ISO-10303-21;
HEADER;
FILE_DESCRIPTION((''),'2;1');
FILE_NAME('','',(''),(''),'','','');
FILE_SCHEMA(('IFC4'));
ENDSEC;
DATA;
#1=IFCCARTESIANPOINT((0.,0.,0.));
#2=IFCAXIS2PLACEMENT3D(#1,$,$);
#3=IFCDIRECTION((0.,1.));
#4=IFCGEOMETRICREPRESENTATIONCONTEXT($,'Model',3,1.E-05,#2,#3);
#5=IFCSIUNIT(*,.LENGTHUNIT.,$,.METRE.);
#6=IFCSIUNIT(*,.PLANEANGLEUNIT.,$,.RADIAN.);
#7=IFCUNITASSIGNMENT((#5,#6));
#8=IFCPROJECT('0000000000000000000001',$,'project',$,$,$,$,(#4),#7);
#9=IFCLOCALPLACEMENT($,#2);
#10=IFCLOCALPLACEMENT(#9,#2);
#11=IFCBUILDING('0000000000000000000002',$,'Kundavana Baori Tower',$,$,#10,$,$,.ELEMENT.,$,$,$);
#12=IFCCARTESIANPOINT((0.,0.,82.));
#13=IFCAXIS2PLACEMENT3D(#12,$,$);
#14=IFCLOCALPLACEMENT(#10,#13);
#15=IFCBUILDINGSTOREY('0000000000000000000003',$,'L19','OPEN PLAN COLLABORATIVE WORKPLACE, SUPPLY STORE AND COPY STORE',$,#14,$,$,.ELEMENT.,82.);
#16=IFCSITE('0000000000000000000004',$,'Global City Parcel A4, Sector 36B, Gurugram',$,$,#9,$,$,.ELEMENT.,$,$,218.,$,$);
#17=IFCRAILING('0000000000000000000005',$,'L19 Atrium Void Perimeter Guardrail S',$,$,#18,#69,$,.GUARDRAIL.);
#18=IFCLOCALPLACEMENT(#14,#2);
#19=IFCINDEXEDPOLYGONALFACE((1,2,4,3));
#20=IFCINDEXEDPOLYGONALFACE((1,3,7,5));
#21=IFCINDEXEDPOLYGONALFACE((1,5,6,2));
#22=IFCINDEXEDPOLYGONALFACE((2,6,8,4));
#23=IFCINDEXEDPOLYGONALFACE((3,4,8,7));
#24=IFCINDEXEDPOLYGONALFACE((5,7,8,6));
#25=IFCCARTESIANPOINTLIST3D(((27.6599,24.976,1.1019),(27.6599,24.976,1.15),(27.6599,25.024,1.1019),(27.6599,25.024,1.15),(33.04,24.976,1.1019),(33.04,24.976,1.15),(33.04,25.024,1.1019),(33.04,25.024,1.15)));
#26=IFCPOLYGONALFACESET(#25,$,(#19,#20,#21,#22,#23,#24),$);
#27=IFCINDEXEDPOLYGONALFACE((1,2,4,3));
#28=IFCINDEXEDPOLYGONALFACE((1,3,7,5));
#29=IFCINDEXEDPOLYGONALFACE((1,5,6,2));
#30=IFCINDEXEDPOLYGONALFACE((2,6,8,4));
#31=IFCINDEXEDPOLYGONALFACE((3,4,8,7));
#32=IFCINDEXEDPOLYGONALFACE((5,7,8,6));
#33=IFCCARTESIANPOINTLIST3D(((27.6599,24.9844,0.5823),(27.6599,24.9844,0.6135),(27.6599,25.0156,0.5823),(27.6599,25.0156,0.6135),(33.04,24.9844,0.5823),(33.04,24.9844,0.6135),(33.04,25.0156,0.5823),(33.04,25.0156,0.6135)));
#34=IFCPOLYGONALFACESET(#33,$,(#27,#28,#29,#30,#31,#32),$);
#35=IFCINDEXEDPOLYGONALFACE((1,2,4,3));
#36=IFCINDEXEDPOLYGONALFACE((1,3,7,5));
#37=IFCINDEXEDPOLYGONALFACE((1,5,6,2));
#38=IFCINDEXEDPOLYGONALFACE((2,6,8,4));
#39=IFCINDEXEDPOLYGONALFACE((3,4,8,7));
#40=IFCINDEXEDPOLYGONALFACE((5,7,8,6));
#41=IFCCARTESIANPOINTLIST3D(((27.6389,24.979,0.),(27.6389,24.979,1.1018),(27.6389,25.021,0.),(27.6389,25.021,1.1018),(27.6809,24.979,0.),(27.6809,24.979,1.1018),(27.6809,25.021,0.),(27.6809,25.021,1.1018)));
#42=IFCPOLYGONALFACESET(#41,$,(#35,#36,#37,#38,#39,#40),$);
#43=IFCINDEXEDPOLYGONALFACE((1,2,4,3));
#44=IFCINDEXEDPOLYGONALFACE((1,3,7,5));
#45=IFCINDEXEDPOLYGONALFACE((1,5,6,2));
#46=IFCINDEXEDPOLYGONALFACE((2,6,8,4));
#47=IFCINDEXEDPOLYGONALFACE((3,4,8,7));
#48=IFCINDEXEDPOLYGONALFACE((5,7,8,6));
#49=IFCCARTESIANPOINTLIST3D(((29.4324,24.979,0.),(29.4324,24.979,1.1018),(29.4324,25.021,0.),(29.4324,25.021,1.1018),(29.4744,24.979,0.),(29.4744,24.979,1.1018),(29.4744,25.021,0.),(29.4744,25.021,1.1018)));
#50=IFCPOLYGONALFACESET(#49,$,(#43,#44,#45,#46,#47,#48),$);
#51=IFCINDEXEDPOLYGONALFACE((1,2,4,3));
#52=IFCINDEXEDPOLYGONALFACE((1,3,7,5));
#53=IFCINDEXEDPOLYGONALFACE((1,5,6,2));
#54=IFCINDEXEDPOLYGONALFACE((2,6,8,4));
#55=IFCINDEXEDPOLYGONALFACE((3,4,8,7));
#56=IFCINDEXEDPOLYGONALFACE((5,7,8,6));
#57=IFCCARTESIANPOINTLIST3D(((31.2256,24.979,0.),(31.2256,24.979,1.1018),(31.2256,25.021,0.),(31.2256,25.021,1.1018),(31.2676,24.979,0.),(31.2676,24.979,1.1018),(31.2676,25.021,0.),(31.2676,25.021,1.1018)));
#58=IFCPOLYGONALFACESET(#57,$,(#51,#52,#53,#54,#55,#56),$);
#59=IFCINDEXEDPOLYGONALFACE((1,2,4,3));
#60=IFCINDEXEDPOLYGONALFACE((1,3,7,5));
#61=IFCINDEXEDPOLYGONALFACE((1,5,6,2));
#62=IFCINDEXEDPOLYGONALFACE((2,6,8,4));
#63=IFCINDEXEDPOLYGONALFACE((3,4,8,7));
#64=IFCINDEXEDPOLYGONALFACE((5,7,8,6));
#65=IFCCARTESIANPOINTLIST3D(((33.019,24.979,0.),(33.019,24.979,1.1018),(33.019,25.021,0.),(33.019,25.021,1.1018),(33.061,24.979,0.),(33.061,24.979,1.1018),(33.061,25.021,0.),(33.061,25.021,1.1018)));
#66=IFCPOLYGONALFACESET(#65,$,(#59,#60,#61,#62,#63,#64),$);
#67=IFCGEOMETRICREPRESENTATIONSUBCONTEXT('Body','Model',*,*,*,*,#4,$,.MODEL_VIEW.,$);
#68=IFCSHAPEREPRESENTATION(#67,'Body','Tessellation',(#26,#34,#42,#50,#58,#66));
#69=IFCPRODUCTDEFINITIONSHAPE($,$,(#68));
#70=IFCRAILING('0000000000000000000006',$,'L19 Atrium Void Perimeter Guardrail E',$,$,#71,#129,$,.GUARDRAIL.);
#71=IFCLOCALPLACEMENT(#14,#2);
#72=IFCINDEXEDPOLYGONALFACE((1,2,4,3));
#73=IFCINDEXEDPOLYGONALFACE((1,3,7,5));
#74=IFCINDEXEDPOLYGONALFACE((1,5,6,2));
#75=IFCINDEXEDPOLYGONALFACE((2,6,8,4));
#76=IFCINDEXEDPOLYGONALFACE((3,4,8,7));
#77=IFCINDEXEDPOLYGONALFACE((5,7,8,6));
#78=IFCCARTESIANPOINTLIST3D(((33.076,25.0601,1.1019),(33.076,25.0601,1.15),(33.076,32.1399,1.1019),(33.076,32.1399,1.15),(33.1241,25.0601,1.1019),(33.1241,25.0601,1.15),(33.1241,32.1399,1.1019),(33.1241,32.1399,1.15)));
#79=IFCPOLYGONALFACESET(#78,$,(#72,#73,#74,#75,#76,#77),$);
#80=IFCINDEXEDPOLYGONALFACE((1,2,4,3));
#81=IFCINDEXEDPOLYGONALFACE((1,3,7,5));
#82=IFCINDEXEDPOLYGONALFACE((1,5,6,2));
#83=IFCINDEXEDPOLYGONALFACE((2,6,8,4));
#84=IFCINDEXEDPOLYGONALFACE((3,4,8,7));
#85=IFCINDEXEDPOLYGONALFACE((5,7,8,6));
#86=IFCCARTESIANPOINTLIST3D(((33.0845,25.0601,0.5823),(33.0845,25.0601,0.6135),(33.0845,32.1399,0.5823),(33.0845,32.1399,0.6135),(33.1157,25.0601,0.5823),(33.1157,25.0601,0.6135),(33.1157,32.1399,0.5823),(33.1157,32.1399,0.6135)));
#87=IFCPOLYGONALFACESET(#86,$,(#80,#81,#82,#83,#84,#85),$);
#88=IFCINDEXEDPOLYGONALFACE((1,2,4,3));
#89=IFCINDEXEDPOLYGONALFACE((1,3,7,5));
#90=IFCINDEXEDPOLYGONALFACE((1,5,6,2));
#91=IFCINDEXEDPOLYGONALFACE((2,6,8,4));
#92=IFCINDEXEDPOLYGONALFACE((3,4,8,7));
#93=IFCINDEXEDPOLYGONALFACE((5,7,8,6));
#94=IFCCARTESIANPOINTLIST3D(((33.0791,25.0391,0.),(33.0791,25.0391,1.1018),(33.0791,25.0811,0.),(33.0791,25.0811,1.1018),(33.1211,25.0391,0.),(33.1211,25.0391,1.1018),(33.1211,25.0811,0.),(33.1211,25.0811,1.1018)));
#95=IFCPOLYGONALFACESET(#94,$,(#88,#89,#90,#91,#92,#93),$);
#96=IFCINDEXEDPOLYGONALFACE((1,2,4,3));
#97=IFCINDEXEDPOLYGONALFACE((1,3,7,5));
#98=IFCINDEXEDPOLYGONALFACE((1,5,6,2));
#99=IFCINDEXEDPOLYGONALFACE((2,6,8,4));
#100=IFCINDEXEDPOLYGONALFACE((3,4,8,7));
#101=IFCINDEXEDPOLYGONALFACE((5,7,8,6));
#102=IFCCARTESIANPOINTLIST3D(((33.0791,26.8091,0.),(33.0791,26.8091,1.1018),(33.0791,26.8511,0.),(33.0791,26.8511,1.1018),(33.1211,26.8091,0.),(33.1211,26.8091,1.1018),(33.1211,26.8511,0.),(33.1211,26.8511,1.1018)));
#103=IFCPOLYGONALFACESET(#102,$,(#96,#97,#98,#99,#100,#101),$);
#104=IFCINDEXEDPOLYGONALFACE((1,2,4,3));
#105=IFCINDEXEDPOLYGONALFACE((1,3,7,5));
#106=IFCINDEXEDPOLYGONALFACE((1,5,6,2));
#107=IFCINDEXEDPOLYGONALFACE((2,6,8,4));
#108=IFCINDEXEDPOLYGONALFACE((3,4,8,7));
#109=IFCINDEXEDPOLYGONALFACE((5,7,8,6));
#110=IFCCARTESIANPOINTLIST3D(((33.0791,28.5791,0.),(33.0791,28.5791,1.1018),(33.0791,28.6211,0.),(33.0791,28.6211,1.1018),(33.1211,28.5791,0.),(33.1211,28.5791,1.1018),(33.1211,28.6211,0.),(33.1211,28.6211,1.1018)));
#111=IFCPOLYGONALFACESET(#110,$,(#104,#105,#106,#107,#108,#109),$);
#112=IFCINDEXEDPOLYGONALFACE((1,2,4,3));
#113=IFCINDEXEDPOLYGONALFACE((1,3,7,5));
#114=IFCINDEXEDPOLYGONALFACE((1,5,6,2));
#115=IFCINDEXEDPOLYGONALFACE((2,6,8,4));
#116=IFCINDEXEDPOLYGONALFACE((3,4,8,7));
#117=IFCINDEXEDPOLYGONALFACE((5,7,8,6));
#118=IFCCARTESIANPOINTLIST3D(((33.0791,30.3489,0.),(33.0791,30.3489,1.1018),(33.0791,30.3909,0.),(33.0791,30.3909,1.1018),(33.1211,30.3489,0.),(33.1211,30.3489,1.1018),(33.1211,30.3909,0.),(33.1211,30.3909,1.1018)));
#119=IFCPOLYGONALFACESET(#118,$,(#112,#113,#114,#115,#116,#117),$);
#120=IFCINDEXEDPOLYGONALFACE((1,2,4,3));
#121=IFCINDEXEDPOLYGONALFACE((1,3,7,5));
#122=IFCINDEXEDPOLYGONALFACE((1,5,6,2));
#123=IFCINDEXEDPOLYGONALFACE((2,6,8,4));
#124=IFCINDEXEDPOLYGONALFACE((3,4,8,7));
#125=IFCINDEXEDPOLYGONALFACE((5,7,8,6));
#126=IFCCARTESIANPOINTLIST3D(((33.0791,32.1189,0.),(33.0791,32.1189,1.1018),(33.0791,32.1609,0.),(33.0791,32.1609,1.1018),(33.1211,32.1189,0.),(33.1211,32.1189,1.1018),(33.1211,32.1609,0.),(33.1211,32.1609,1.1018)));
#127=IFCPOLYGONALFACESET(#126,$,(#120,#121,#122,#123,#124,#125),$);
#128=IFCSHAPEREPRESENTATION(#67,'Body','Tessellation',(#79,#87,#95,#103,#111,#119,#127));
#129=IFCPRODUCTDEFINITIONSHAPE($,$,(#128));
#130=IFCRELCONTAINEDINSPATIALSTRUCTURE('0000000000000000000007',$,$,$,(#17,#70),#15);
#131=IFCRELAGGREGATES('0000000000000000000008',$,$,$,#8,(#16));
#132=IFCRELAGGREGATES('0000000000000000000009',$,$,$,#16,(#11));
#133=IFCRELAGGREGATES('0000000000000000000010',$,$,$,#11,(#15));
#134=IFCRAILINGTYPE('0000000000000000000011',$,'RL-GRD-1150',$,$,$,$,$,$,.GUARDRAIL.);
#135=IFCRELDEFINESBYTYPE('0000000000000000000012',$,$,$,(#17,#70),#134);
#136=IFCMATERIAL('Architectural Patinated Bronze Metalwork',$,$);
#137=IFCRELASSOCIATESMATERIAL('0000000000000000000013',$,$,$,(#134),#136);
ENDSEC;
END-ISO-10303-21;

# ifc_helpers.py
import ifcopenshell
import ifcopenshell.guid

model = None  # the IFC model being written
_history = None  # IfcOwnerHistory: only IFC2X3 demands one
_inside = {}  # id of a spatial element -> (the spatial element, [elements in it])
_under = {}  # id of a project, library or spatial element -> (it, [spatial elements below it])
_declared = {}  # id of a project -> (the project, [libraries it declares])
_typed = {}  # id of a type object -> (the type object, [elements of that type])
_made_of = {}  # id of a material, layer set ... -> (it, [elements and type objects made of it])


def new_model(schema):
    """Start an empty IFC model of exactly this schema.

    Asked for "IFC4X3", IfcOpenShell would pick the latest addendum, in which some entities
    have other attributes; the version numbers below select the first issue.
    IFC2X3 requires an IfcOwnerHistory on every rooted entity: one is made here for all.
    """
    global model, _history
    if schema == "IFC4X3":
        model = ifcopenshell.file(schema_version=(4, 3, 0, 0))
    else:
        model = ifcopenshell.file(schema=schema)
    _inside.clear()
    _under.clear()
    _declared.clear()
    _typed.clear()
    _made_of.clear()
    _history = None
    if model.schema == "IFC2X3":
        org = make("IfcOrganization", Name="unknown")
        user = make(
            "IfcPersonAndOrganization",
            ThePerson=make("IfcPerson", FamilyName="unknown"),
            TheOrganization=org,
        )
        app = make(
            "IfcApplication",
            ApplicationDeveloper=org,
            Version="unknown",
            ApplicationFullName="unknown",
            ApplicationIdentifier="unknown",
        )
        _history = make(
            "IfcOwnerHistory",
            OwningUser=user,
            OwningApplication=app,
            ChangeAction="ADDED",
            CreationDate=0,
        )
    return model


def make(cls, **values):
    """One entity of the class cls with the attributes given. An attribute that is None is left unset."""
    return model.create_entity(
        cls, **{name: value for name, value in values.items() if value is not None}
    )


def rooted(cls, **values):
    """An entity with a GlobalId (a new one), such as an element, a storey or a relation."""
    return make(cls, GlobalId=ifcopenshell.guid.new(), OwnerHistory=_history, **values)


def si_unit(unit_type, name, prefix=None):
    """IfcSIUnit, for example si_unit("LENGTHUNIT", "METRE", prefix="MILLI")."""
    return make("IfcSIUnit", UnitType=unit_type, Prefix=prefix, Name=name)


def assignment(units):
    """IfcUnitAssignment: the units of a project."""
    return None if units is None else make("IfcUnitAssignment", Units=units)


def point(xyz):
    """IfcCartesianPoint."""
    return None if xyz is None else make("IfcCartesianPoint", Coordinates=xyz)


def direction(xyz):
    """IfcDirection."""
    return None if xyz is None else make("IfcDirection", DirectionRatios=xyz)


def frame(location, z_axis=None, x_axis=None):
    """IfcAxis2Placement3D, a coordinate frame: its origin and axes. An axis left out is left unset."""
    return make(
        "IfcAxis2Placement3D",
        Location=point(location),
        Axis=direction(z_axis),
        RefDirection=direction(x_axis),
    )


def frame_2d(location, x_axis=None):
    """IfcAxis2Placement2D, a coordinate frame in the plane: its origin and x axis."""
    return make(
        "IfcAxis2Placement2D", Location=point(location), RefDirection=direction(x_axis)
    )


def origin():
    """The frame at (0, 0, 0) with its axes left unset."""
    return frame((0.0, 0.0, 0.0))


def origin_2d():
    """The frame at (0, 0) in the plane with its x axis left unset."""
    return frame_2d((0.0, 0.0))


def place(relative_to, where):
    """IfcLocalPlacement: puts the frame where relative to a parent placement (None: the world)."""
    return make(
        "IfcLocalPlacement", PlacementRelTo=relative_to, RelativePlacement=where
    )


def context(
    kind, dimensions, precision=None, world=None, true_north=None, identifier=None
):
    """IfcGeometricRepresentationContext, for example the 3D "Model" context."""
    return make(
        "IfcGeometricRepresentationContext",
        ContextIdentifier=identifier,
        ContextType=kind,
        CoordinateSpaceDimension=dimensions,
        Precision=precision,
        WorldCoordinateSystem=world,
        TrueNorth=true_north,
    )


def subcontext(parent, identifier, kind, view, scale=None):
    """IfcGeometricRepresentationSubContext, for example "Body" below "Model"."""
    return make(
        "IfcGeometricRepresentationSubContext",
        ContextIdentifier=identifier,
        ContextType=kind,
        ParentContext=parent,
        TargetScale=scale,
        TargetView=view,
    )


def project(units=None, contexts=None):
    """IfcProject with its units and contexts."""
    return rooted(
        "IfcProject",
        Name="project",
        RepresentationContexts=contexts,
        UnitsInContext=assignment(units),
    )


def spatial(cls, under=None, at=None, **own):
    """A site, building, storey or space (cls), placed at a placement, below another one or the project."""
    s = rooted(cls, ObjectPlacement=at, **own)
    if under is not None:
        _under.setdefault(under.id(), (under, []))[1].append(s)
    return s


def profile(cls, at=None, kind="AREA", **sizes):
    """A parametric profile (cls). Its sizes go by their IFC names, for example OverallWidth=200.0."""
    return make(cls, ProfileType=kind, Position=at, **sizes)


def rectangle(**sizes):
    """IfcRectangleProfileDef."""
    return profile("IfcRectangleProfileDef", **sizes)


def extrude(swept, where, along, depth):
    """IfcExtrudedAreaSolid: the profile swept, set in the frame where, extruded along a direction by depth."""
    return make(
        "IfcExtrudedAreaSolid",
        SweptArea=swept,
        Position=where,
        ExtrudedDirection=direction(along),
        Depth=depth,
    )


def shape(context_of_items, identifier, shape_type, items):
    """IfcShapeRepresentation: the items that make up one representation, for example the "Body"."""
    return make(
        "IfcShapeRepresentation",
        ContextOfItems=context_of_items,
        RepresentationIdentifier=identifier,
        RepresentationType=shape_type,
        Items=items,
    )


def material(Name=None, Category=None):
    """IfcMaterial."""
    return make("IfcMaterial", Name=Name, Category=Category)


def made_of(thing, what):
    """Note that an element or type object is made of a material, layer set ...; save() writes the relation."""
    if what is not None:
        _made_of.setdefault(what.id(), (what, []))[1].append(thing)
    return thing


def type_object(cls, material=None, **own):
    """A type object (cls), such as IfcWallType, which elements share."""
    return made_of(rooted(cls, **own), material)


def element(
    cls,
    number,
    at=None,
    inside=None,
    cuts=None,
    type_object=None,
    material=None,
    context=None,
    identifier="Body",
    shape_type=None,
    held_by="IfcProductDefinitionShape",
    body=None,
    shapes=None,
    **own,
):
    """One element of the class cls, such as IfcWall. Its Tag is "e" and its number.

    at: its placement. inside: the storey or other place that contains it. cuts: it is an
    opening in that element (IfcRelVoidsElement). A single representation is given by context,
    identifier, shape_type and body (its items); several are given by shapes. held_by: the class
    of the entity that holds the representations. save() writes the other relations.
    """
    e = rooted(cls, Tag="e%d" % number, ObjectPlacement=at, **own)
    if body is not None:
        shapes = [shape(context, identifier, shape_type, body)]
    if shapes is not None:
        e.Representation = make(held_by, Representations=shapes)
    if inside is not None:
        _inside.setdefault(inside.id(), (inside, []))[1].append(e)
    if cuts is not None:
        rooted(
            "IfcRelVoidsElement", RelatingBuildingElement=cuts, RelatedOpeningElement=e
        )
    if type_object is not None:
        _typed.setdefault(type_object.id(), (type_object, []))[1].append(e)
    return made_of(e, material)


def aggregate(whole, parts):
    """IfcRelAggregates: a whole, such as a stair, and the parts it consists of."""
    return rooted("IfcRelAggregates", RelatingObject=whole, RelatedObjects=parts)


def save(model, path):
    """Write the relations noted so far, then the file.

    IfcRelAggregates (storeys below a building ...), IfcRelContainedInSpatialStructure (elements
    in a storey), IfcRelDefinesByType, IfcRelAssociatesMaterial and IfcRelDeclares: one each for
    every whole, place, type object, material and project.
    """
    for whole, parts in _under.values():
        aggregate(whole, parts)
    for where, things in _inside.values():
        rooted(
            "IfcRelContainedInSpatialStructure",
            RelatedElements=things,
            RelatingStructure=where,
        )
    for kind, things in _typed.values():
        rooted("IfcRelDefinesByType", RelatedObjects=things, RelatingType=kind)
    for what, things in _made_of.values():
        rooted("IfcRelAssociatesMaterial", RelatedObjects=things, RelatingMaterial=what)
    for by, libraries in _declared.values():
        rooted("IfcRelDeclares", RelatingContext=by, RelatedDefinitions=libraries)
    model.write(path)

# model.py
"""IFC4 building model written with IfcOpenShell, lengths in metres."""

from ifc_helpers import new_model, si_unit, direction, frame, origin, origin_2d, place, context, subcontext, project, spatial, rectangle, extrude, material, type_object, element, save


model = new_model("IFC4")

# Units and contexts
model_context = context("Model", 3, precision=1e-05, world=origin(), true_north=direction((0.0, 1.0)))
body_context = subcontext(model_context, "Body", "Model", "MODEL_VIEW")
ifc_project = project(units=[si_unit("LENGTHUNIT", "METRE"), si_unit("PLANEANGLEUNIT", "RADIAN")], contexts=[model_context])

# Site, building, storey
site_placement = place(None, origin())
site = spatial("IfcSite", under=ifc_project, at=site_placement, Name="Global City Parcel A4, Sector 36B, Gurugram", CompositionType="ELEMENT", RefElevation=218.0)
building_placement = place(site_placement, origin())
building = spatial("IfcBuilding", under=site, at=building_placement, Name="Kundavana Baori Tower", CompositionType="ELEMENT")
storey_placement = place(building_placement, frame((0.0, 0.0, 82.0)))
storey = spatial("IfcBuildingStorey", under=building, at=storey_placement, Name="L19", Description="OPEN PLAN COLLABORATIVE WORKPLACE, SUPPLY STORE AND COPY STORE", CompositionType="ELEMENT", Elevation=82.0)

# Railings
ifc_material_1 = material(Name="Architectural Patinated Bronze Metalwork")
railing_type = type_object("IfcRailingType", Name="RL-GRD-1150", PredefinedType="GUARDRAIL", material=ifc_material_1)
railing_1_placement = place(storey_placement, frame((27.6599, 25.0, 0.0)))
element("IfcRailing", 1, at=railing_1_placement, inside=storey, type_object=railing_type, Name="L19 Atrium Void Perimeter Guardrail S", PredefinedType="GUARDRAIL", context=body_context, shape_type="SweptSolid", body=[
    extrude(rectangle(XDim=0.0481, YDim=0.0481, at=origin_2d()), frame((0.0, 0.0, 1.126), z_axis=(1.0, 0.0, 0.0), x_axis=(0.0, 1.0, 0.0)), (0.0, 0.0, 1.0), 5.3801),
    extrude(rectangle(XDim=0.0312, YDim=0.0312, at=origin_2d()), frame((0.0, 0.0, 0.5979), z_axis=(1.0, 0.0, 0.0), x_axis=(0.0, 1.0, 0.0)), (0.0, 0.0, 1.0), 5.3801),
    extrude(rectangle(XDim=0.042, YDim=0.042, at=origin_2d()), origin(), (0.0, 0.0, 1.0), 1.1018),
    extrude(rectangle(XDim=0.042, YDim=0.042, at=origin_2d()), frame((1.7935, 0.0, 0.0)), (0.0, 0.0, 1.0), 1.1018),
    extrude(rectangle(XDim=0.042, YDim=0.042, at=origin_2d()), frame((3.5867, 0.0, 0.0)), (0.0, 0.0, 1.0), 1.1018),
    extrude(rectangle(XDim=0.042, YDim=0.042, at=origin_2d()), frame((5.3801, 0.0, 0.0)), (0.0, 0.0, 1.0), 1.1018),
])
railing_2_placement = place(storey_placement, frame((33.1001, 25.0601, 0.0)))
element("IfcRailing", 2, at=railing_2_placement, inside=storey, type_object=railing_type, Name="L19 Atrium Void Perimeter Guardrail E", PredefinedType="GUARDRAIL", context=body_context, shape_type="SweptSolid", body=[
    extrude(rectangle(XDim=0.0481, YDim=0.0481, at=origin_2d()), frame((0.0, 0.0, 1.126), z_axis=(0.0, 1.0, 0.0), x_axis=(-1.0, 0.0, 0.0)), (0.0, 0.0, 1.0), 7.0798),
    extrude(rectangle(XDim=0.0312, YDim=0.0312, at=origin_2d()), frame((0.0, 0.0, 0.5979), z_axis=(0.0, 1.0, 0.0), x_axis=(-1.0, 0.0, 0.0)), (0.0, 0.0, 1.0), 7.0798),
    extrude(rectangle(XDim=0.042, YDim=0.042, at=origin_2d()), origin(), (0.0, 0.0, 1.0), 1.1018),
    extrude(rectangle(XDim=0.042, YDim=0.042, at=origin_2d()), frame((0.0, 1.77, 0.0)), (0.0, 0.0, 1.0), 1.1018),
    extrude(rectangle(XDim=0.042, YDim=0.042, at=origin_2d()), frame((0.0, 3.54, 0.0)), (0.0, 0.0, 1.0), 1.1018),
    extrude(rectangle(XDim=0.042, YDim=0.042, at=origin_2d()), frame((0.0, 5.3098, 0.0)), (0.0, 0.0, 1.0), 1.1018),
    extrude(rectangle(XDim=0.042, YDim=0.042, at=origin_2d()), frame((0.0, 7.0798, 0.0)), (0.0, 0.0, 1.0), 1.1018),
])

save(model, "model.ifc")
